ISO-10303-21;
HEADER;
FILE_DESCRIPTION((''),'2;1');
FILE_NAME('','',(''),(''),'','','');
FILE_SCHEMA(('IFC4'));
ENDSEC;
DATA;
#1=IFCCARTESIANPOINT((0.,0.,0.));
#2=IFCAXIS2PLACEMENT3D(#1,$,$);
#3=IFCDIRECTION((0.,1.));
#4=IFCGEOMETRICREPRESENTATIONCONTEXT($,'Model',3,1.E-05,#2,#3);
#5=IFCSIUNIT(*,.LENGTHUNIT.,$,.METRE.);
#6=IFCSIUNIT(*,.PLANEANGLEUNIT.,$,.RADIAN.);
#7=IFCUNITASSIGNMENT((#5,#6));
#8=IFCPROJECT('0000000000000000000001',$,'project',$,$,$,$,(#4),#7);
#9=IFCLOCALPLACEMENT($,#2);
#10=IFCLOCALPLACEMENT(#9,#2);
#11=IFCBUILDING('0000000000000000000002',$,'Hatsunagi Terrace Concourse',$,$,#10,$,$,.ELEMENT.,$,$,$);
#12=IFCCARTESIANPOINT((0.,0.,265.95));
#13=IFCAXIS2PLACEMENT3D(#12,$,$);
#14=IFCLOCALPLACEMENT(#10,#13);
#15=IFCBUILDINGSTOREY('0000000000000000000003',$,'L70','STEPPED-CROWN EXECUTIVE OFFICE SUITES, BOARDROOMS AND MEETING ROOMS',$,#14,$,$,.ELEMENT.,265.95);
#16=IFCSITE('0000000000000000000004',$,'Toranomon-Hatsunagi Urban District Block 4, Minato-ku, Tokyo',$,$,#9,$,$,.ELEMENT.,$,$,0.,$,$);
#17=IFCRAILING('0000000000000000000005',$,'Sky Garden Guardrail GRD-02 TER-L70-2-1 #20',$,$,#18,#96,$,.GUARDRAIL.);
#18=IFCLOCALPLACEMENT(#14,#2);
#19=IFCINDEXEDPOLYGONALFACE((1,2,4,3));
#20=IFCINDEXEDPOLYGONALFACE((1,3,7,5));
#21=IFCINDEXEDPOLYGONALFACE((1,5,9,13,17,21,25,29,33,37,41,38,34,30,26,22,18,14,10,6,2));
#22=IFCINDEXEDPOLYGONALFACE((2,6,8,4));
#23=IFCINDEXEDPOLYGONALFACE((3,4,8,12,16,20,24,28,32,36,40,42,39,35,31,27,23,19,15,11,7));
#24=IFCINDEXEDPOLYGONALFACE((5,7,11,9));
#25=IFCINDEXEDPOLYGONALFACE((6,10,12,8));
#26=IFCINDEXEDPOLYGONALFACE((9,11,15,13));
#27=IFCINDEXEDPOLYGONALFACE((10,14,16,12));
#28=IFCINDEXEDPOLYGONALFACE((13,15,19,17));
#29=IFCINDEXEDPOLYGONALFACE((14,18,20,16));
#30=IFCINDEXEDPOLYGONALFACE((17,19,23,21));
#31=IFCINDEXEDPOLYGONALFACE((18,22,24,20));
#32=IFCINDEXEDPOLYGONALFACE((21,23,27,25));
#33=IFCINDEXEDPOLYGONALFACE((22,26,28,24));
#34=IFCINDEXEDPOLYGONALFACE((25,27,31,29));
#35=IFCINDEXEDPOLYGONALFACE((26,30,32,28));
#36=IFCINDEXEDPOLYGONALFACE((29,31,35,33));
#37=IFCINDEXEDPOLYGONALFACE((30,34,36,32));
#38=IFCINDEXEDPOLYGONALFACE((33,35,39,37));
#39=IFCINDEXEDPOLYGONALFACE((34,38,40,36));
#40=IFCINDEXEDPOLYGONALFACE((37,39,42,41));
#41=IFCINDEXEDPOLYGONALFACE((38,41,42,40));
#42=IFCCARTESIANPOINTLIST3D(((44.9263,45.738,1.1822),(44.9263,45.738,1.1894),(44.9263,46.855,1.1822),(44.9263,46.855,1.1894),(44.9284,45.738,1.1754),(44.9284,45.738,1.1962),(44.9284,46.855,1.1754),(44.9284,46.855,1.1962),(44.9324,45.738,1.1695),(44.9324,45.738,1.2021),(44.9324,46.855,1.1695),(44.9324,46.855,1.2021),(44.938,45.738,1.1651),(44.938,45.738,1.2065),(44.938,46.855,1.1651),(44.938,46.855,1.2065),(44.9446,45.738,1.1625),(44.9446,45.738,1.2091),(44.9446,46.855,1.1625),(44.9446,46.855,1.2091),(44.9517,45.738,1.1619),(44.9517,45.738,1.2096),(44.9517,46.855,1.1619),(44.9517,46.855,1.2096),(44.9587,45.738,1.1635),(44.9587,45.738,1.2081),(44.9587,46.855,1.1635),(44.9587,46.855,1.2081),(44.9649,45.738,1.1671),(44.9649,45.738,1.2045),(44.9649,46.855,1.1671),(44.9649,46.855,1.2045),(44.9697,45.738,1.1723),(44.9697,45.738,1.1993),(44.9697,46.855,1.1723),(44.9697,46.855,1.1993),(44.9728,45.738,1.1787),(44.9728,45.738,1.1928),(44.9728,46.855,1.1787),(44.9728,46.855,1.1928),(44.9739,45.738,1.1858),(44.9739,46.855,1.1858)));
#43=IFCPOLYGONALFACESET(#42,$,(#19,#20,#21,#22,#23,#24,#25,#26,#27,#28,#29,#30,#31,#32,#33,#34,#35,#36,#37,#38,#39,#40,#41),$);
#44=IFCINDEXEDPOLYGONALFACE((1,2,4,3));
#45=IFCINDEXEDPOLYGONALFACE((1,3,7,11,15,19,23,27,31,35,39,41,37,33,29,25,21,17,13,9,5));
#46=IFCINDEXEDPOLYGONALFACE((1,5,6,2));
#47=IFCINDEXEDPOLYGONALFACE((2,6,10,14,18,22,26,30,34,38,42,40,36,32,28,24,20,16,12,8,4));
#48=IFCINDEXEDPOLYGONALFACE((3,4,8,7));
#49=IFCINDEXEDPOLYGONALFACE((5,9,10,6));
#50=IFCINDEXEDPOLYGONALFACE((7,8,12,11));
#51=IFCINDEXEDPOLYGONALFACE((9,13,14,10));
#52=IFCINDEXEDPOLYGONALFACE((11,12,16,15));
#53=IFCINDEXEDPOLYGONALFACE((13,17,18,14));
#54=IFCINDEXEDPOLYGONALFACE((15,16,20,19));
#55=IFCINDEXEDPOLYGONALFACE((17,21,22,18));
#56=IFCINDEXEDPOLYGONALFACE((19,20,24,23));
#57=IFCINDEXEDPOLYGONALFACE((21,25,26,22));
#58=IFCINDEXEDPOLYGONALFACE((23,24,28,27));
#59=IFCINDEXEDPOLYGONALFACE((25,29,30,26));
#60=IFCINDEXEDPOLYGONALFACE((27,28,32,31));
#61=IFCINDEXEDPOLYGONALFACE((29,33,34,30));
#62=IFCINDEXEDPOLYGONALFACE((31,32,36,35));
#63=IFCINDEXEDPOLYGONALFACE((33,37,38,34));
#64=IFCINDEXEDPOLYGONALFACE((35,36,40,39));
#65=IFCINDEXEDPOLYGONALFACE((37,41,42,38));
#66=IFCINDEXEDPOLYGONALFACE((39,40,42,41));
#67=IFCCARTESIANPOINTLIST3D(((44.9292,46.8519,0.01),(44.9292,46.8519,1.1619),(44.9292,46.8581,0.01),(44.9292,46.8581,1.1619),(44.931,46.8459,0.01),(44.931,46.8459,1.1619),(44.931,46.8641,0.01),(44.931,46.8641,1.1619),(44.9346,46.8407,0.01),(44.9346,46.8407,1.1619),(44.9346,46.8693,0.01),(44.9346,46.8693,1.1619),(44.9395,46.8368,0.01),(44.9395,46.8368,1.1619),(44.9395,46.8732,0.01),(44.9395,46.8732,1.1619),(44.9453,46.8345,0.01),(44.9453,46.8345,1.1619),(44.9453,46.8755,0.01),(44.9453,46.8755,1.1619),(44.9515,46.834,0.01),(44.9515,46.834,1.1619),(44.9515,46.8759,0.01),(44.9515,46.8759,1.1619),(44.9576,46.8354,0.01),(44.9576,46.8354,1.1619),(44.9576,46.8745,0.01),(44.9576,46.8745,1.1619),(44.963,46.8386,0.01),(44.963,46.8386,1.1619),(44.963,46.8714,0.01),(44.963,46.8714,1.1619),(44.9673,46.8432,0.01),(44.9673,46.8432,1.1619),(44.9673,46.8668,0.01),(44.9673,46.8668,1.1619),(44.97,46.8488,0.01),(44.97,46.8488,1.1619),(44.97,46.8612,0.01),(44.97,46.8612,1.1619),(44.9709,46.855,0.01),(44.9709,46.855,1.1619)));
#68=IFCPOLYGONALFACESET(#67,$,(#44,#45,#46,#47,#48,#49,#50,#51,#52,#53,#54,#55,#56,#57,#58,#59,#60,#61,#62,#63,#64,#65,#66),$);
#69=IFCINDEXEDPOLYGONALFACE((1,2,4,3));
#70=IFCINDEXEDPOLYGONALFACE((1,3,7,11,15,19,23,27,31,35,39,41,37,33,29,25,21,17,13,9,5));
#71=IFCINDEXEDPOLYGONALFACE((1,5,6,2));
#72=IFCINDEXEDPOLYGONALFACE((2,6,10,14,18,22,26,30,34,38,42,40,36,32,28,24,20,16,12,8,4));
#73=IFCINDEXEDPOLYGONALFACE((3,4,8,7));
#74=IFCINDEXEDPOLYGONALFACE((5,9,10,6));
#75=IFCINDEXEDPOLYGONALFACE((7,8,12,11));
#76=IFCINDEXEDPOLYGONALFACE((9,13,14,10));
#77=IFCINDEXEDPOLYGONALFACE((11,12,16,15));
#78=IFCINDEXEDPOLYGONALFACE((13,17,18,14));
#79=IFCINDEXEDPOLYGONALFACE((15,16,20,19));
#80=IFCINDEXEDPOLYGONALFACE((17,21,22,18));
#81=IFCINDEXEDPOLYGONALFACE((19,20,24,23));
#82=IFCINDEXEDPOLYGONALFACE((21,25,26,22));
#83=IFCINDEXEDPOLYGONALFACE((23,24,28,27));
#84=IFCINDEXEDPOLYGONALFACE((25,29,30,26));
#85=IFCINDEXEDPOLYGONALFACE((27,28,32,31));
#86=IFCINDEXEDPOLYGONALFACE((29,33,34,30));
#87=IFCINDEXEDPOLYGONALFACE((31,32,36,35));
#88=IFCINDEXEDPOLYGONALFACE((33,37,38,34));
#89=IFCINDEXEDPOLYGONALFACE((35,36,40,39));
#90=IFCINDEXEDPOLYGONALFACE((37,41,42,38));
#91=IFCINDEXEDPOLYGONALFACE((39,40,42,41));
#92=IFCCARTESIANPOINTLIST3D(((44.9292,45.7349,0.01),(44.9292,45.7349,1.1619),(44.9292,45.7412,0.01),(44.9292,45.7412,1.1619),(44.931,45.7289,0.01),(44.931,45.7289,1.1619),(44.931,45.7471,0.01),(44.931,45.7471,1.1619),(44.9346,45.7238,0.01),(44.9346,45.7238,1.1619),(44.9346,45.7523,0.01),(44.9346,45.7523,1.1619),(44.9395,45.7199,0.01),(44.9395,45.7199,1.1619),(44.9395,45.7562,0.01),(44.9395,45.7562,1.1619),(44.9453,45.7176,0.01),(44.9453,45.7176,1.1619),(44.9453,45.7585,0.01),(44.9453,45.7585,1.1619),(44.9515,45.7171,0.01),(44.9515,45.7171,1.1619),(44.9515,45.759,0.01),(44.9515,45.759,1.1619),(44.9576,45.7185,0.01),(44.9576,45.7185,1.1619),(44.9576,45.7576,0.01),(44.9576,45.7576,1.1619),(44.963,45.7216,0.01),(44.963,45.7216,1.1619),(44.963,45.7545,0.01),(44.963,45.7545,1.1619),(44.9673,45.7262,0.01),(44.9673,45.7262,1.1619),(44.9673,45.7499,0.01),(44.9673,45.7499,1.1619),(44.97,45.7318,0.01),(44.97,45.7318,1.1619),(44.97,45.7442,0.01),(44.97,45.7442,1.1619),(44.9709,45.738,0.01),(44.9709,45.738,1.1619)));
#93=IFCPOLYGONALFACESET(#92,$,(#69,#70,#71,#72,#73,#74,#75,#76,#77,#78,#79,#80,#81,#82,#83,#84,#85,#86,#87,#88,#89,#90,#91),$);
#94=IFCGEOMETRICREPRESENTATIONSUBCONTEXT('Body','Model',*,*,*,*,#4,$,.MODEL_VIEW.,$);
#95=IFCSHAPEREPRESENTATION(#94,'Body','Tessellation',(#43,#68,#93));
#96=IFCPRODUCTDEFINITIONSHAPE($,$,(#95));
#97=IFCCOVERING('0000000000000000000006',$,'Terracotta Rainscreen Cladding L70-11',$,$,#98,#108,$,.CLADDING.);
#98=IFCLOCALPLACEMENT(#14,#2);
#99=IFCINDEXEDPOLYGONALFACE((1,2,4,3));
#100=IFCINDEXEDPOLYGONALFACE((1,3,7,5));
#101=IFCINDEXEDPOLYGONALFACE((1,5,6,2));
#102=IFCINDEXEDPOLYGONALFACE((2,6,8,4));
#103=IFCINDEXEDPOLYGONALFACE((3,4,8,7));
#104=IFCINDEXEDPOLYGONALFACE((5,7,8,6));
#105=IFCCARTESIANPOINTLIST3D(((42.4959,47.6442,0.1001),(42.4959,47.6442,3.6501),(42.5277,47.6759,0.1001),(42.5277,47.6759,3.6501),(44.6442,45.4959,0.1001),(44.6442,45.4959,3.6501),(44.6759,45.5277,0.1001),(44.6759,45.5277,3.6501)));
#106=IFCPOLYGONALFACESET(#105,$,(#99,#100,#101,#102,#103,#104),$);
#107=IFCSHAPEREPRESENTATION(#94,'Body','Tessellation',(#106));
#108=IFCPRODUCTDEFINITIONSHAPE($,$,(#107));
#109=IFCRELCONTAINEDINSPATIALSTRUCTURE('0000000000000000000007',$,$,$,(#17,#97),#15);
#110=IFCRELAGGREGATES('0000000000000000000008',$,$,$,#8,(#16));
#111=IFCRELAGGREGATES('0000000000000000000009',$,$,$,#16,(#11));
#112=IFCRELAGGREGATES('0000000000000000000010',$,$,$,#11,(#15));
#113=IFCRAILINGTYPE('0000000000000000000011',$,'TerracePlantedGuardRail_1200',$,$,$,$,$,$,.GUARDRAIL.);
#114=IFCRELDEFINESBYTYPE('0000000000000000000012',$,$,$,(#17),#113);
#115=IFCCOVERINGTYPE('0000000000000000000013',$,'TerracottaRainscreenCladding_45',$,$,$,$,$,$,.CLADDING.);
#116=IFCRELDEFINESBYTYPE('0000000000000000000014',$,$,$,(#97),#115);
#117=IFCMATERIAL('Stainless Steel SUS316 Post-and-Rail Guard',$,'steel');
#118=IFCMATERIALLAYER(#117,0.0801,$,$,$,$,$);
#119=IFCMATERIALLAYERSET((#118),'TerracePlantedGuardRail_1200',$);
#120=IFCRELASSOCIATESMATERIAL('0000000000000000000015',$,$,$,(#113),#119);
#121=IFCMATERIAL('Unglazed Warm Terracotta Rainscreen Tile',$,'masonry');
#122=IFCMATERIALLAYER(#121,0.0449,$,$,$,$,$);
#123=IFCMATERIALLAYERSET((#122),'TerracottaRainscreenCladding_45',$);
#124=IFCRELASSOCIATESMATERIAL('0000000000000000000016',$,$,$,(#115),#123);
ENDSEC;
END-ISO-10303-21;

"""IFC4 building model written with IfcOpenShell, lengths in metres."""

from ifc_helpers import new_model, si_unit, direction, frame, origin, origin_2d, place, context, subcontext, project, spatial, rectangle, circle, extrude, material, layer, layer_set, type_object, element, save


model = new_model("IFC4")

# Units and contexts
model_context = context("Model", 3, precision=1e-05, world=origin(), true_north=direction((0.0, 1.0)))
body_context = subcontext(model_context, "Body", "Model", "MODEL_VIEW")
ifc_project = project(units=[si_unit("LENGTHUNIT", "METRE"), si_unit("PLANEANGLEUNIT", "RADIAN")], contexts=[model_context])

# Site, building, storey
site_placement = place(None, origin())
site = spatial("IfcSite", under=ifc_project, at=site_placement, Name="Toranomon-Hatsunagi Urban District Block 4, Minato-ku, Tokyo", CompositionType="ELEMENT", RefElevation=0.0)
building_placement = place(site_placement, origin())
building = spatial("IfcBuilding", under=site, at=building_placement, Name="Hatsunagi Terrace Concourse", CompositionType="ELEMENT")
storey_placement = place(building_placement, frame((0.0, 0.0, 265.95)))
storey = spatial("IfcBuildingStorey", under=building, at=storey_placement, Name="L70", Description="STEPPED-CROWN EXECUTIVE OFFICE SUITES, BOARDROOMS AND MEETING ROOMS", CompositionType="ELEMENT", Elevation=265.95)

# Railing
ifc_material_1 = material(Name="Stainless Steel SUS316 Post-and-Rail Guard", Category="steel")
ifc_layer_1 = layer(ifc_material_1, 0.0801)
ifc_layer_set_1 = layer_set([ifc_layer_1], Name="TerracePlantedGuardRail_1200")
railing_type = type_object("IfcRailingType", Name="TerracePlantedGuardRail_1200", PredefinedType="GUARDRAIL", material=ifc_layer_set_1)
for number, where, name in (
    (1, (44.95, 46.855, 0.01), "Sky Garden Guardrail GRD-02 TER-L70-2-1 #20"),
):
    element("IfcRailing", number, at=place(storey_placement, frame(where)), inside=storey, type_object=railing_type, Name=name, PredefinedType="GUARDRAIL", context=body_context, shape_type="SweptSolid", body=[
        extrude(circle(Radius=0.0239, at=origin_2d()), frame((0.0, 0.0, 1.1758), z_axis=(0.0, -1.0, 0.0), x_axis=(1.0, 0.0, 0.0)), (0.0, 0.0, 1.0), 1.1169),
        extrude(circle(Radius=0.021, at=origin_2d()), origin(), (0.0, 0.0, 1.0), 1.1519),
        extrude(circle(Radius=0.021, at=origin_2d()), frame((0.0, -1.1169, 0.0)), (0.0, 0.0, 1.0), 1.1519),
    ])

# Covering
ifc_material_2 = material(Name="Unglazed Warm Terracotta Rainscreen Tile", Category="masonry")
ifc_layer_2 = layer(ifc_material_2, 0.0449)
ifc_layer_set_2 = layer_set([ifc_layer_2], Name="TerracottaRainscreenCladding_45")
covering_type = type_object("IfcCoveringType", Name="TerracottaRainscreenCladding_45", PredefinedType="CLADDING", material=ifc_layer_set_2)
covering_placement = place(storey_placement, frame((43.5859, 46.5859, 0.1001), z_axis=(0.0, 0.0, 1.0), x_axis=(0.707107, -0.707107, 0.0)))
element("IfcCovering", 2, at=covering_placement, inside=storey, type_object=covering_type, Name="Terracotta Rainscreen Cladding L70-11", PredefinedType="CLADDING", context=body_context, shape_type="SweptSolid", body=[
    extrude(rectangle(XDim=3.0381, YDim=0.0449, at=origin_2d()), origin(), (0.0, 0.0, 1.0), 3.55),
])

save(model, "model.ifc")
